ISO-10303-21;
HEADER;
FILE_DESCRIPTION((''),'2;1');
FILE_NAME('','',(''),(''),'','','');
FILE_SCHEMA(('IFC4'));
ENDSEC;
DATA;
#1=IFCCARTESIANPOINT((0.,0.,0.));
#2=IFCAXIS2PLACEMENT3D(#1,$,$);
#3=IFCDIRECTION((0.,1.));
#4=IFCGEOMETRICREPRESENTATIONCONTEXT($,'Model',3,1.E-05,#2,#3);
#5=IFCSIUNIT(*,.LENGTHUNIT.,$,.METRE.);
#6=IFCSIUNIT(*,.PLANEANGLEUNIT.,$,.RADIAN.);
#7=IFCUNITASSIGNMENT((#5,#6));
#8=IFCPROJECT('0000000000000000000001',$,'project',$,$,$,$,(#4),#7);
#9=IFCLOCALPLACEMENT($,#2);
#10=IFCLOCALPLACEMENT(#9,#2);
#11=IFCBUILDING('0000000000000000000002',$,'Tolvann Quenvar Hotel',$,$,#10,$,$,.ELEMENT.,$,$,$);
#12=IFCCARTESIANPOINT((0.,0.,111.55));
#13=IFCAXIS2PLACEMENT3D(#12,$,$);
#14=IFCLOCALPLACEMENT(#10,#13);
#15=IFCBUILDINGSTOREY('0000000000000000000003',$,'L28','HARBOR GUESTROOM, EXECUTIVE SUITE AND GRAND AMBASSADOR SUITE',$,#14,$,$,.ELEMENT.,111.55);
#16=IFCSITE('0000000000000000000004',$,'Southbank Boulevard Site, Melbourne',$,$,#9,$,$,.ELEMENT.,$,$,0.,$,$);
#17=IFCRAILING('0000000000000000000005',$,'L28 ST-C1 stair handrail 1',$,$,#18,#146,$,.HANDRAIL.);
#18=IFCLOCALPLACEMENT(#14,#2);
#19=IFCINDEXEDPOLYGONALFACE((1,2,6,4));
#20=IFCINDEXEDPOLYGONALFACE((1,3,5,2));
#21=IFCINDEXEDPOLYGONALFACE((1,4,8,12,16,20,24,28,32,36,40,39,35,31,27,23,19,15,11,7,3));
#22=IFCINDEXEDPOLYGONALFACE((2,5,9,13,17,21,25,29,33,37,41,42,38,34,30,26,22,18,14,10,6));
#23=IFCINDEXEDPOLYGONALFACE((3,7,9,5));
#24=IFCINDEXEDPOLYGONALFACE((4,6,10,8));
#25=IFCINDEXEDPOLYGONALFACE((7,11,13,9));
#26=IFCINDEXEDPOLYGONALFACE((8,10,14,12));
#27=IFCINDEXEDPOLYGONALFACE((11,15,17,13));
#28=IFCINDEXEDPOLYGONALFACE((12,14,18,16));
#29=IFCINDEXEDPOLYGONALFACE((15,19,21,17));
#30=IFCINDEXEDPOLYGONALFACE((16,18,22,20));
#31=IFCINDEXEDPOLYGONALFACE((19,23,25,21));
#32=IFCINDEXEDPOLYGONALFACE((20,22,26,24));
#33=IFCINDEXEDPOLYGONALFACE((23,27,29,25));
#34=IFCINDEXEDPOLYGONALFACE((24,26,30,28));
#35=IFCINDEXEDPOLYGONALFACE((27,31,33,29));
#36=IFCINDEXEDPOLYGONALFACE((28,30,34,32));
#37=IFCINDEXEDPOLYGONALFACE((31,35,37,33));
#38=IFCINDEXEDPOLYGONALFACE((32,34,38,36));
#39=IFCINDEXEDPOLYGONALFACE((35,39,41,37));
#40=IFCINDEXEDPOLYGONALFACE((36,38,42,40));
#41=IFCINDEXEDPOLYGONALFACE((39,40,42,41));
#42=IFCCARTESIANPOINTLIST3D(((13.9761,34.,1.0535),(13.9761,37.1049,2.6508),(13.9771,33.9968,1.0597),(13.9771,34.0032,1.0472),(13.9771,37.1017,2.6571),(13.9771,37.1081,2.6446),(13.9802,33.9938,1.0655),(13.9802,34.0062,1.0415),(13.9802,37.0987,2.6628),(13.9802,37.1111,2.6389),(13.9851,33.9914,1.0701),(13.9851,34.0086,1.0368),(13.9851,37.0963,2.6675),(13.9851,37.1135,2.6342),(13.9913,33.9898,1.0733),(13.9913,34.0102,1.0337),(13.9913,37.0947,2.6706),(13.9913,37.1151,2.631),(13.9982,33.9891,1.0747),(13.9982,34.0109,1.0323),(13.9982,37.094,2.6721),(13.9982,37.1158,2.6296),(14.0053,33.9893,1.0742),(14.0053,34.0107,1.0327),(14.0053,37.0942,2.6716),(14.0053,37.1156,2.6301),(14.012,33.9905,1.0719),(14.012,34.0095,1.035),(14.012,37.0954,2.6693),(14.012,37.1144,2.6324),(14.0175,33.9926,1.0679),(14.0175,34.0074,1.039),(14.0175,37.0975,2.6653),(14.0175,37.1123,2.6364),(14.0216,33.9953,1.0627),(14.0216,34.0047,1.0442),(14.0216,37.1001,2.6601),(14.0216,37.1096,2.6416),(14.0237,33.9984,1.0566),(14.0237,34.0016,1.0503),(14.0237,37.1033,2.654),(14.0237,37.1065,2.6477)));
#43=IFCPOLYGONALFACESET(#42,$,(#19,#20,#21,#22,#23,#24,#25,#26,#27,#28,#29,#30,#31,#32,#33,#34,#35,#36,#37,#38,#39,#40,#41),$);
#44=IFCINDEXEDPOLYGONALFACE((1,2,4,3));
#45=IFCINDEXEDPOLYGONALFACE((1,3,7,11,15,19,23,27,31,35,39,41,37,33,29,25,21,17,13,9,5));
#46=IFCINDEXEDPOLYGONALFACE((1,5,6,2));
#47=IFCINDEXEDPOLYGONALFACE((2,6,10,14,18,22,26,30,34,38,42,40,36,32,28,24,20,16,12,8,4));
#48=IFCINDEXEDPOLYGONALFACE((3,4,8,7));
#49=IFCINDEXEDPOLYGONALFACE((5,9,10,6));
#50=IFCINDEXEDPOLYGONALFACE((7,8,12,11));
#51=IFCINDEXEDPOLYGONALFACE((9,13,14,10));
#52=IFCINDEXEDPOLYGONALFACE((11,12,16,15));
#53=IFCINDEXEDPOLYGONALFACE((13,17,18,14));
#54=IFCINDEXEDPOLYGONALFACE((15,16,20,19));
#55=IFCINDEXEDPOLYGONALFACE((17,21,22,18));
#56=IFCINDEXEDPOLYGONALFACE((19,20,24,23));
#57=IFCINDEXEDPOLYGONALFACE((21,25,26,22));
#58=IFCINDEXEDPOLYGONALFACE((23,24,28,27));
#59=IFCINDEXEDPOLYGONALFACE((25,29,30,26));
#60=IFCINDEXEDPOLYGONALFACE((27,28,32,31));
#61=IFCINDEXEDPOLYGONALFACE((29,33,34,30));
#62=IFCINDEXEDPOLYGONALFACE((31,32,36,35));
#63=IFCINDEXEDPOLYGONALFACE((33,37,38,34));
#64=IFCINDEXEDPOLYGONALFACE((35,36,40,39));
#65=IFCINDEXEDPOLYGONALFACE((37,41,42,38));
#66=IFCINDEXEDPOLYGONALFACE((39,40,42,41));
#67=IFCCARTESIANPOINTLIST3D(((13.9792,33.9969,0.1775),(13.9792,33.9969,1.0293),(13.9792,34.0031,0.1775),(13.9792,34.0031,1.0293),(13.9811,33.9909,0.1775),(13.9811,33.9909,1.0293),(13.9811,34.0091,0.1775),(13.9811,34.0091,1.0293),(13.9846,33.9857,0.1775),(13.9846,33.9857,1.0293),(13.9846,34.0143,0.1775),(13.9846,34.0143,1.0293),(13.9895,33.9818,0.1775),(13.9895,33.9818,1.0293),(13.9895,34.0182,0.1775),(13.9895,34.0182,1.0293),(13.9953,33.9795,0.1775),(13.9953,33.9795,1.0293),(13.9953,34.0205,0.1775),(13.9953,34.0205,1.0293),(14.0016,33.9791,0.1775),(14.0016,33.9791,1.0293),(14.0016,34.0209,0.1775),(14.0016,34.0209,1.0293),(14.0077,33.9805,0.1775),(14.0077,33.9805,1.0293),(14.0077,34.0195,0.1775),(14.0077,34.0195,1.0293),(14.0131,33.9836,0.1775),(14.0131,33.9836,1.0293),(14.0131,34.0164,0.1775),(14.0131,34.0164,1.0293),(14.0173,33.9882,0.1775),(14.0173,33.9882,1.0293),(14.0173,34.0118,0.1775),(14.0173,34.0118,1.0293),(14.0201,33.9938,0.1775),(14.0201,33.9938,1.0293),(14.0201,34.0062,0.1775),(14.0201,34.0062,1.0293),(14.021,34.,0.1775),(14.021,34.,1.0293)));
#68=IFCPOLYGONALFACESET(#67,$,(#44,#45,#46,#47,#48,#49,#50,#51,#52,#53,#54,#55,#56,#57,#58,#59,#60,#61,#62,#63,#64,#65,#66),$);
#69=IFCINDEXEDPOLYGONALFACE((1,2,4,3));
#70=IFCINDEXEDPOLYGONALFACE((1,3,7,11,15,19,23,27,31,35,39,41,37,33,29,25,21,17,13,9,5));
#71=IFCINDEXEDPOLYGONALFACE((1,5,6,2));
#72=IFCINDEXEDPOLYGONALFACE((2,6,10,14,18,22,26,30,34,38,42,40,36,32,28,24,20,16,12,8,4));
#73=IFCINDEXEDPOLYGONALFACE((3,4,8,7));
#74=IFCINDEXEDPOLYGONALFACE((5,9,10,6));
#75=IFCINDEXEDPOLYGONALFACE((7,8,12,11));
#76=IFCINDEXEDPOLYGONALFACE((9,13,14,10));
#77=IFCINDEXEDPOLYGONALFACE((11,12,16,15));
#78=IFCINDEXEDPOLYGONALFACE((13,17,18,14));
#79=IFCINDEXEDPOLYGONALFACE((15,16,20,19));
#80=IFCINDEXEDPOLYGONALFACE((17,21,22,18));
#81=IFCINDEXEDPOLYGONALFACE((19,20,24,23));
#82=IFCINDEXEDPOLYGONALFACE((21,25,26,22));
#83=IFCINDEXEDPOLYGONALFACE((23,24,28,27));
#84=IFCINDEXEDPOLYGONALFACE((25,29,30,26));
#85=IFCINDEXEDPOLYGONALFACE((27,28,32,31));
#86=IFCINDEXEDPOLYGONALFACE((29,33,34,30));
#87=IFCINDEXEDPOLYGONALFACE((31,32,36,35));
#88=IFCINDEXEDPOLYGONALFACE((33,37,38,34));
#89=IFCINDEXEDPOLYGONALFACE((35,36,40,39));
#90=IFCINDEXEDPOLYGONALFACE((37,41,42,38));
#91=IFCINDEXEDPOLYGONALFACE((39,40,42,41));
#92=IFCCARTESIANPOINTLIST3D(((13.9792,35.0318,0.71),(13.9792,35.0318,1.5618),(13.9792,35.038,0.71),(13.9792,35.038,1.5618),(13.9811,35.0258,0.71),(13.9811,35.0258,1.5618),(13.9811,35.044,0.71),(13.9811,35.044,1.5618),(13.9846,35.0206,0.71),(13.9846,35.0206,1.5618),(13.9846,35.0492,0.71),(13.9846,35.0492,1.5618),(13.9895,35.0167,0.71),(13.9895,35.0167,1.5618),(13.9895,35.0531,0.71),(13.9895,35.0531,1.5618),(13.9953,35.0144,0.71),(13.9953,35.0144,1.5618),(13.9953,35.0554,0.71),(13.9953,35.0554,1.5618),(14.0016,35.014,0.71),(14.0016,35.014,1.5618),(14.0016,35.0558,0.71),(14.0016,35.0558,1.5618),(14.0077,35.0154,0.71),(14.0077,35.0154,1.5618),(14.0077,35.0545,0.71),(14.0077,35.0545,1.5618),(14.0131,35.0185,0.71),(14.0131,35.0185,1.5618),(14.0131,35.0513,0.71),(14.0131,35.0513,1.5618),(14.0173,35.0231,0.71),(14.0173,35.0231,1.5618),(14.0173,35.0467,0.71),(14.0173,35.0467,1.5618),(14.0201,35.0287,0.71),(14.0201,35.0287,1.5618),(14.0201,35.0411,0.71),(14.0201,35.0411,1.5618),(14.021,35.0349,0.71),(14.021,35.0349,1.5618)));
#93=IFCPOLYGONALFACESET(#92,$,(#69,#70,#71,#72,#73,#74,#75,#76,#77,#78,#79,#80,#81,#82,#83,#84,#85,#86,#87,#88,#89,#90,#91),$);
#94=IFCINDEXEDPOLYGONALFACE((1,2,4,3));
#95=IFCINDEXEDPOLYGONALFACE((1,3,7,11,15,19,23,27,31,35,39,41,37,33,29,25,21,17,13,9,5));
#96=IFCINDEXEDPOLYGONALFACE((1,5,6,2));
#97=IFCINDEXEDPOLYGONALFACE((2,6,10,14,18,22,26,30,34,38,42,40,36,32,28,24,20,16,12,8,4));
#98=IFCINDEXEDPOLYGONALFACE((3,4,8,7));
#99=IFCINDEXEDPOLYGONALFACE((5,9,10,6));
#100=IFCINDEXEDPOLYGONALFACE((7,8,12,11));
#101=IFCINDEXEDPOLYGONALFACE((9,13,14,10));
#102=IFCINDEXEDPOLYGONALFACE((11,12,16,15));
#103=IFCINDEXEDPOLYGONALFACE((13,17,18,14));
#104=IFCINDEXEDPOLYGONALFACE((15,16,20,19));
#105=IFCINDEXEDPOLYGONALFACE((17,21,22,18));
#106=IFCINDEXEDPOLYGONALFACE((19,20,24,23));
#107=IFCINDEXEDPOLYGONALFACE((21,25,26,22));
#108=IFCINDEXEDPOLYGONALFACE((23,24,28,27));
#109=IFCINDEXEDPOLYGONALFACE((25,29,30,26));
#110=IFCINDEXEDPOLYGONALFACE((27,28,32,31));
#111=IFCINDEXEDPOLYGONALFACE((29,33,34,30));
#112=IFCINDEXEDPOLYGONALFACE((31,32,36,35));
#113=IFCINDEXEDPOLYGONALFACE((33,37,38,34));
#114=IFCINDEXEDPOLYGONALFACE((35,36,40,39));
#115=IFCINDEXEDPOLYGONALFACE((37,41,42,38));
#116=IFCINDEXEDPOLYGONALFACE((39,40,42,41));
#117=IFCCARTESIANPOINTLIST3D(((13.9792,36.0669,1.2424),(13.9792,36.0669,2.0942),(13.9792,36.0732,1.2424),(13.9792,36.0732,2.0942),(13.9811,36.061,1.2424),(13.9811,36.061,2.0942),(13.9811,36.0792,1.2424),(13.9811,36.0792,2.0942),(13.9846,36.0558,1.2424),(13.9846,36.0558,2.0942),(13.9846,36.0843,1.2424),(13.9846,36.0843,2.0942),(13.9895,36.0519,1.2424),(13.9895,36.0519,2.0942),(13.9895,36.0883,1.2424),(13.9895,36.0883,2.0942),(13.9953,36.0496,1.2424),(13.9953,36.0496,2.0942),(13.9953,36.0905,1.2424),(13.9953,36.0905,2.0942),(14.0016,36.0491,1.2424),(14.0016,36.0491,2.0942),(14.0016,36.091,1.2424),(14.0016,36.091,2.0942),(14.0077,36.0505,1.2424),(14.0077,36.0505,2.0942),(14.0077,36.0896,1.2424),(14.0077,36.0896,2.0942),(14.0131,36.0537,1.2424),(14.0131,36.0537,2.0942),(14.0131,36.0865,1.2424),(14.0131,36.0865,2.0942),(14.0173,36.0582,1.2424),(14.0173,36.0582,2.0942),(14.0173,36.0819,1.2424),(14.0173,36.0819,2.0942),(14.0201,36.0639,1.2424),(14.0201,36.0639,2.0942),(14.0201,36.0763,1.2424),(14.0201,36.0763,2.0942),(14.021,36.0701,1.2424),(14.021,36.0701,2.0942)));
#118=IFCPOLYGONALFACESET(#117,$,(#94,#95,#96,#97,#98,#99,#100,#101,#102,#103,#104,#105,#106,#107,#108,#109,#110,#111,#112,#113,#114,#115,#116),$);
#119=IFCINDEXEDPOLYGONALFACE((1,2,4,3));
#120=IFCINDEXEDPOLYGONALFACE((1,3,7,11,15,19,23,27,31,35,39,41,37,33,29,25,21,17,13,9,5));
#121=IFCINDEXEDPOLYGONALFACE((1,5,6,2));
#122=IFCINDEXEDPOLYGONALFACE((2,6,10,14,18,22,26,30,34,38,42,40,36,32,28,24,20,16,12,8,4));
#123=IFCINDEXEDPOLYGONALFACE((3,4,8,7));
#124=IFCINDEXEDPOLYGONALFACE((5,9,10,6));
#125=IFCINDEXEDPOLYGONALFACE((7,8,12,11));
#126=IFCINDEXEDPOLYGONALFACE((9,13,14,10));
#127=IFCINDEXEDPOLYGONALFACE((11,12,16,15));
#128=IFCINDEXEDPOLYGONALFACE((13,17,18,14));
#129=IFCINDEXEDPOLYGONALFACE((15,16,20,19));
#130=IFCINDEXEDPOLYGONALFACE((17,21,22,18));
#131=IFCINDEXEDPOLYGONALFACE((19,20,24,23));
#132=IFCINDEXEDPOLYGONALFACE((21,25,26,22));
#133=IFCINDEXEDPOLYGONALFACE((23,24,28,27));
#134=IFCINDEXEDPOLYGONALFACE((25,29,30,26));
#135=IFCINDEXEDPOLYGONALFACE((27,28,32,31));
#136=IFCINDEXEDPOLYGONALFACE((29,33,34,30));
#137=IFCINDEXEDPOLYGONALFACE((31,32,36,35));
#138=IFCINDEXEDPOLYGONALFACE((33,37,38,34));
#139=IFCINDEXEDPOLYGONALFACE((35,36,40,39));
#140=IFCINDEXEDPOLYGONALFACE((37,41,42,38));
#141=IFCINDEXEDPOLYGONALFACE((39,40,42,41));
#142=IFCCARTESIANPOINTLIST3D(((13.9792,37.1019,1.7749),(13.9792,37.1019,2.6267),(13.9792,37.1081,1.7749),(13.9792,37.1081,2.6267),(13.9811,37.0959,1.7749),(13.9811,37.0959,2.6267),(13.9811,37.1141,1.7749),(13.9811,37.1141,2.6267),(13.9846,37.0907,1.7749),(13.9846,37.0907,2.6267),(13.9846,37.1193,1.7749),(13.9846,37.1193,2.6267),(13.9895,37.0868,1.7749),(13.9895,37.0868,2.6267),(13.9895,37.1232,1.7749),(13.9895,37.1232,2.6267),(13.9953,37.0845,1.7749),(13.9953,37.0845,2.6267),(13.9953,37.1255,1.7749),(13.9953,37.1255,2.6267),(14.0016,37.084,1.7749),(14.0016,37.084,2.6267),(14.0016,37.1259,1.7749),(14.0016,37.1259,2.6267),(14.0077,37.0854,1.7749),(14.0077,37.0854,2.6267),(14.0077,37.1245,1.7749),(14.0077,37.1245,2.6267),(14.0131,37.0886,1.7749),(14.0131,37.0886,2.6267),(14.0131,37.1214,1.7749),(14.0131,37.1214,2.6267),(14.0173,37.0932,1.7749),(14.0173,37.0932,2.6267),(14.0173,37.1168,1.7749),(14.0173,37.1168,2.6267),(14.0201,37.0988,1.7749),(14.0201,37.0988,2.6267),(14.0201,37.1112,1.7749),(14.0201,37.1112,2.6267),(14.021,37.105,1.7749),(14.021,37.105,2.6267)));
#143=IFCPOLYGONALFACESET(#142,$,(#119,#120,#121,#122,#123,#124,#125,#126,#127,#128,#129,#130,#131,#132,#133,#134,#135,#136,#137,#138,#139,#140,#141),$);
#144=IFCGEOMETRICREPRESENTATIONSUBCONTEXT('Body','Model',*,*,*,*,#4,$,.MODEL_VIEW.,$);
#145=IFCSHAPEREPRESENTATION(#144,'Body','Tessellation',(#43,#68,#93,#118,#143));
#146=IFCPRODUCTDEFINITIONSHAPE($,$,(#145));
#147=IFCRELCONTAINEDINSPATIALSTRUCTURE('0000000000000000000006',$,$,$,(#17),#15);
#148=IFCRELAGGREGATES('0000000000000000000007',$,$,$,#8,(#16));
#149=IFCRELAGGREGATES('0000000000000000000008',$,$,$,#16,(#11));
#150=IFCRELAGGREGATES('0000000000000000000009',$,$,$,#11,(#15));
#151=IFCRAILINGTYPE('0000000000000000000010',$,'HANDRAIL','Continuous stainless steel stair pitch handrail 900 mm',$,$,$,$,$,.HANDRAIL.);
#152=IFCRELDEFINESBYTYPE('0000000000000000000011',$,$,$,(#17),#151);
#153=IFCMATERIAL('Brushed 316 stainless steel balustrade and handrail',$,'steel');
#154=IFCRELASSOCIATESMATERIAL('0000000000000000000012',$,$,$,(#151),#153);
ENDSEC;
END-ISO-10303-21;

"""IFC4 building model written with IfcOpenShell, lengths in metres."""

from ifc_helpers import new_model, si_unit, direction, frame, origin, origin_2d, place, context, subcontext, project, spatial, circle, extrude, material, type_object, element, save


model = new_model("IFC4")

# Units and contexts
model_context = context("Model", 3, precision=1e-05, world=origin(), true_north=direction((0.0, 1.0)))
body_context = subcontext(model_context, "Body", "Model", "MODEL_VIEW")
ifc_project = project(units=[si_unit("LENGTHUNIT", "METRE"), si_unit("PLANEANGLEUNIT", "RADIAN")], contexts=[model_context])

# Site, building, storey
site_placement = place(None, origin())
site = spatial("IfcSite", under=ifc_project, at=site_placement, Name="Southbank Boulevard Site, Melbourne", CompositionType="ELEMENT", RefElevation=0.0)
building_placement = place(site_placement, origin())
building = spatial("IfcBuilding", under=site, at=building_placement, Name="Tolvann Quenvar Hotel", CompositionType="ELEMENT")
storey_placement = place(building_placement, frame((0.0, 0.0, 111.55)))
storey = spatial("IfcBuildingStorey", under=building, at=storey_placement, Name="L28", Description="HARBOR GUESTROOM, EXECUTIVE SUITE AND GRAND AMBASSADOR SUITE", CompositionType="ELEMENT", Elevation=111.55)

# Railing
ifc_material_1 = material(Name="Brushed 316 stainless steel balustrade and handrail", Category="steel")
railing_type_1 = type_object("IfcRailingType", Name="HANDRAIL", Description="Continuous stainless steel stair pitch handrail 900 mm", PredefinedType="HANDRAIL", material=ifc_material_1)
railing_1_placement = place(storey_placement, frame((14.0, 34.0, 0.1775)))
element("IfcRailing", 1, at=railing_1_placement, inside=storey, type_object=railing_type_1, Name="L28 ST-C1 stair handrail 1", PredefinedType="HANDRAIL", context=body_context, shape_type="SweptSolid", body=[
    extrude(circle(Radius=0.0239, at=origin_2d()), frame((0.0, 0.0, 0.876), z_axis=(0.0, 0.889222, 0.457476), x_axis=(-1.0, 0.0, 0.0)), (0.0, 0.0, 1.0), 3.4917),
    extrude(circle(Radius=0.021, at=origin_2d()), origin(), (0.0, 0.0, 1.0), 0.8518),
    extrude(circle(Radius=0.021, at=origin_2d()), frame((0.0, 1.0349, 0.5325)), (0.0, 0.0, 1.0), 0.8518),
    extrude(circle(Radius=0.021, at=origin_2d()), frame((0.0, 2.0701, 1.0649)), (0.0, 0.0, 1.0), 0.8518),
    extrude(circle(Radius=0.021, at=origin_2d()), frame((0.0, 3.105, 1.5974)), (0.0, 0.0, 1.0), 0.8518),
])

save(model, "model.ifc")
